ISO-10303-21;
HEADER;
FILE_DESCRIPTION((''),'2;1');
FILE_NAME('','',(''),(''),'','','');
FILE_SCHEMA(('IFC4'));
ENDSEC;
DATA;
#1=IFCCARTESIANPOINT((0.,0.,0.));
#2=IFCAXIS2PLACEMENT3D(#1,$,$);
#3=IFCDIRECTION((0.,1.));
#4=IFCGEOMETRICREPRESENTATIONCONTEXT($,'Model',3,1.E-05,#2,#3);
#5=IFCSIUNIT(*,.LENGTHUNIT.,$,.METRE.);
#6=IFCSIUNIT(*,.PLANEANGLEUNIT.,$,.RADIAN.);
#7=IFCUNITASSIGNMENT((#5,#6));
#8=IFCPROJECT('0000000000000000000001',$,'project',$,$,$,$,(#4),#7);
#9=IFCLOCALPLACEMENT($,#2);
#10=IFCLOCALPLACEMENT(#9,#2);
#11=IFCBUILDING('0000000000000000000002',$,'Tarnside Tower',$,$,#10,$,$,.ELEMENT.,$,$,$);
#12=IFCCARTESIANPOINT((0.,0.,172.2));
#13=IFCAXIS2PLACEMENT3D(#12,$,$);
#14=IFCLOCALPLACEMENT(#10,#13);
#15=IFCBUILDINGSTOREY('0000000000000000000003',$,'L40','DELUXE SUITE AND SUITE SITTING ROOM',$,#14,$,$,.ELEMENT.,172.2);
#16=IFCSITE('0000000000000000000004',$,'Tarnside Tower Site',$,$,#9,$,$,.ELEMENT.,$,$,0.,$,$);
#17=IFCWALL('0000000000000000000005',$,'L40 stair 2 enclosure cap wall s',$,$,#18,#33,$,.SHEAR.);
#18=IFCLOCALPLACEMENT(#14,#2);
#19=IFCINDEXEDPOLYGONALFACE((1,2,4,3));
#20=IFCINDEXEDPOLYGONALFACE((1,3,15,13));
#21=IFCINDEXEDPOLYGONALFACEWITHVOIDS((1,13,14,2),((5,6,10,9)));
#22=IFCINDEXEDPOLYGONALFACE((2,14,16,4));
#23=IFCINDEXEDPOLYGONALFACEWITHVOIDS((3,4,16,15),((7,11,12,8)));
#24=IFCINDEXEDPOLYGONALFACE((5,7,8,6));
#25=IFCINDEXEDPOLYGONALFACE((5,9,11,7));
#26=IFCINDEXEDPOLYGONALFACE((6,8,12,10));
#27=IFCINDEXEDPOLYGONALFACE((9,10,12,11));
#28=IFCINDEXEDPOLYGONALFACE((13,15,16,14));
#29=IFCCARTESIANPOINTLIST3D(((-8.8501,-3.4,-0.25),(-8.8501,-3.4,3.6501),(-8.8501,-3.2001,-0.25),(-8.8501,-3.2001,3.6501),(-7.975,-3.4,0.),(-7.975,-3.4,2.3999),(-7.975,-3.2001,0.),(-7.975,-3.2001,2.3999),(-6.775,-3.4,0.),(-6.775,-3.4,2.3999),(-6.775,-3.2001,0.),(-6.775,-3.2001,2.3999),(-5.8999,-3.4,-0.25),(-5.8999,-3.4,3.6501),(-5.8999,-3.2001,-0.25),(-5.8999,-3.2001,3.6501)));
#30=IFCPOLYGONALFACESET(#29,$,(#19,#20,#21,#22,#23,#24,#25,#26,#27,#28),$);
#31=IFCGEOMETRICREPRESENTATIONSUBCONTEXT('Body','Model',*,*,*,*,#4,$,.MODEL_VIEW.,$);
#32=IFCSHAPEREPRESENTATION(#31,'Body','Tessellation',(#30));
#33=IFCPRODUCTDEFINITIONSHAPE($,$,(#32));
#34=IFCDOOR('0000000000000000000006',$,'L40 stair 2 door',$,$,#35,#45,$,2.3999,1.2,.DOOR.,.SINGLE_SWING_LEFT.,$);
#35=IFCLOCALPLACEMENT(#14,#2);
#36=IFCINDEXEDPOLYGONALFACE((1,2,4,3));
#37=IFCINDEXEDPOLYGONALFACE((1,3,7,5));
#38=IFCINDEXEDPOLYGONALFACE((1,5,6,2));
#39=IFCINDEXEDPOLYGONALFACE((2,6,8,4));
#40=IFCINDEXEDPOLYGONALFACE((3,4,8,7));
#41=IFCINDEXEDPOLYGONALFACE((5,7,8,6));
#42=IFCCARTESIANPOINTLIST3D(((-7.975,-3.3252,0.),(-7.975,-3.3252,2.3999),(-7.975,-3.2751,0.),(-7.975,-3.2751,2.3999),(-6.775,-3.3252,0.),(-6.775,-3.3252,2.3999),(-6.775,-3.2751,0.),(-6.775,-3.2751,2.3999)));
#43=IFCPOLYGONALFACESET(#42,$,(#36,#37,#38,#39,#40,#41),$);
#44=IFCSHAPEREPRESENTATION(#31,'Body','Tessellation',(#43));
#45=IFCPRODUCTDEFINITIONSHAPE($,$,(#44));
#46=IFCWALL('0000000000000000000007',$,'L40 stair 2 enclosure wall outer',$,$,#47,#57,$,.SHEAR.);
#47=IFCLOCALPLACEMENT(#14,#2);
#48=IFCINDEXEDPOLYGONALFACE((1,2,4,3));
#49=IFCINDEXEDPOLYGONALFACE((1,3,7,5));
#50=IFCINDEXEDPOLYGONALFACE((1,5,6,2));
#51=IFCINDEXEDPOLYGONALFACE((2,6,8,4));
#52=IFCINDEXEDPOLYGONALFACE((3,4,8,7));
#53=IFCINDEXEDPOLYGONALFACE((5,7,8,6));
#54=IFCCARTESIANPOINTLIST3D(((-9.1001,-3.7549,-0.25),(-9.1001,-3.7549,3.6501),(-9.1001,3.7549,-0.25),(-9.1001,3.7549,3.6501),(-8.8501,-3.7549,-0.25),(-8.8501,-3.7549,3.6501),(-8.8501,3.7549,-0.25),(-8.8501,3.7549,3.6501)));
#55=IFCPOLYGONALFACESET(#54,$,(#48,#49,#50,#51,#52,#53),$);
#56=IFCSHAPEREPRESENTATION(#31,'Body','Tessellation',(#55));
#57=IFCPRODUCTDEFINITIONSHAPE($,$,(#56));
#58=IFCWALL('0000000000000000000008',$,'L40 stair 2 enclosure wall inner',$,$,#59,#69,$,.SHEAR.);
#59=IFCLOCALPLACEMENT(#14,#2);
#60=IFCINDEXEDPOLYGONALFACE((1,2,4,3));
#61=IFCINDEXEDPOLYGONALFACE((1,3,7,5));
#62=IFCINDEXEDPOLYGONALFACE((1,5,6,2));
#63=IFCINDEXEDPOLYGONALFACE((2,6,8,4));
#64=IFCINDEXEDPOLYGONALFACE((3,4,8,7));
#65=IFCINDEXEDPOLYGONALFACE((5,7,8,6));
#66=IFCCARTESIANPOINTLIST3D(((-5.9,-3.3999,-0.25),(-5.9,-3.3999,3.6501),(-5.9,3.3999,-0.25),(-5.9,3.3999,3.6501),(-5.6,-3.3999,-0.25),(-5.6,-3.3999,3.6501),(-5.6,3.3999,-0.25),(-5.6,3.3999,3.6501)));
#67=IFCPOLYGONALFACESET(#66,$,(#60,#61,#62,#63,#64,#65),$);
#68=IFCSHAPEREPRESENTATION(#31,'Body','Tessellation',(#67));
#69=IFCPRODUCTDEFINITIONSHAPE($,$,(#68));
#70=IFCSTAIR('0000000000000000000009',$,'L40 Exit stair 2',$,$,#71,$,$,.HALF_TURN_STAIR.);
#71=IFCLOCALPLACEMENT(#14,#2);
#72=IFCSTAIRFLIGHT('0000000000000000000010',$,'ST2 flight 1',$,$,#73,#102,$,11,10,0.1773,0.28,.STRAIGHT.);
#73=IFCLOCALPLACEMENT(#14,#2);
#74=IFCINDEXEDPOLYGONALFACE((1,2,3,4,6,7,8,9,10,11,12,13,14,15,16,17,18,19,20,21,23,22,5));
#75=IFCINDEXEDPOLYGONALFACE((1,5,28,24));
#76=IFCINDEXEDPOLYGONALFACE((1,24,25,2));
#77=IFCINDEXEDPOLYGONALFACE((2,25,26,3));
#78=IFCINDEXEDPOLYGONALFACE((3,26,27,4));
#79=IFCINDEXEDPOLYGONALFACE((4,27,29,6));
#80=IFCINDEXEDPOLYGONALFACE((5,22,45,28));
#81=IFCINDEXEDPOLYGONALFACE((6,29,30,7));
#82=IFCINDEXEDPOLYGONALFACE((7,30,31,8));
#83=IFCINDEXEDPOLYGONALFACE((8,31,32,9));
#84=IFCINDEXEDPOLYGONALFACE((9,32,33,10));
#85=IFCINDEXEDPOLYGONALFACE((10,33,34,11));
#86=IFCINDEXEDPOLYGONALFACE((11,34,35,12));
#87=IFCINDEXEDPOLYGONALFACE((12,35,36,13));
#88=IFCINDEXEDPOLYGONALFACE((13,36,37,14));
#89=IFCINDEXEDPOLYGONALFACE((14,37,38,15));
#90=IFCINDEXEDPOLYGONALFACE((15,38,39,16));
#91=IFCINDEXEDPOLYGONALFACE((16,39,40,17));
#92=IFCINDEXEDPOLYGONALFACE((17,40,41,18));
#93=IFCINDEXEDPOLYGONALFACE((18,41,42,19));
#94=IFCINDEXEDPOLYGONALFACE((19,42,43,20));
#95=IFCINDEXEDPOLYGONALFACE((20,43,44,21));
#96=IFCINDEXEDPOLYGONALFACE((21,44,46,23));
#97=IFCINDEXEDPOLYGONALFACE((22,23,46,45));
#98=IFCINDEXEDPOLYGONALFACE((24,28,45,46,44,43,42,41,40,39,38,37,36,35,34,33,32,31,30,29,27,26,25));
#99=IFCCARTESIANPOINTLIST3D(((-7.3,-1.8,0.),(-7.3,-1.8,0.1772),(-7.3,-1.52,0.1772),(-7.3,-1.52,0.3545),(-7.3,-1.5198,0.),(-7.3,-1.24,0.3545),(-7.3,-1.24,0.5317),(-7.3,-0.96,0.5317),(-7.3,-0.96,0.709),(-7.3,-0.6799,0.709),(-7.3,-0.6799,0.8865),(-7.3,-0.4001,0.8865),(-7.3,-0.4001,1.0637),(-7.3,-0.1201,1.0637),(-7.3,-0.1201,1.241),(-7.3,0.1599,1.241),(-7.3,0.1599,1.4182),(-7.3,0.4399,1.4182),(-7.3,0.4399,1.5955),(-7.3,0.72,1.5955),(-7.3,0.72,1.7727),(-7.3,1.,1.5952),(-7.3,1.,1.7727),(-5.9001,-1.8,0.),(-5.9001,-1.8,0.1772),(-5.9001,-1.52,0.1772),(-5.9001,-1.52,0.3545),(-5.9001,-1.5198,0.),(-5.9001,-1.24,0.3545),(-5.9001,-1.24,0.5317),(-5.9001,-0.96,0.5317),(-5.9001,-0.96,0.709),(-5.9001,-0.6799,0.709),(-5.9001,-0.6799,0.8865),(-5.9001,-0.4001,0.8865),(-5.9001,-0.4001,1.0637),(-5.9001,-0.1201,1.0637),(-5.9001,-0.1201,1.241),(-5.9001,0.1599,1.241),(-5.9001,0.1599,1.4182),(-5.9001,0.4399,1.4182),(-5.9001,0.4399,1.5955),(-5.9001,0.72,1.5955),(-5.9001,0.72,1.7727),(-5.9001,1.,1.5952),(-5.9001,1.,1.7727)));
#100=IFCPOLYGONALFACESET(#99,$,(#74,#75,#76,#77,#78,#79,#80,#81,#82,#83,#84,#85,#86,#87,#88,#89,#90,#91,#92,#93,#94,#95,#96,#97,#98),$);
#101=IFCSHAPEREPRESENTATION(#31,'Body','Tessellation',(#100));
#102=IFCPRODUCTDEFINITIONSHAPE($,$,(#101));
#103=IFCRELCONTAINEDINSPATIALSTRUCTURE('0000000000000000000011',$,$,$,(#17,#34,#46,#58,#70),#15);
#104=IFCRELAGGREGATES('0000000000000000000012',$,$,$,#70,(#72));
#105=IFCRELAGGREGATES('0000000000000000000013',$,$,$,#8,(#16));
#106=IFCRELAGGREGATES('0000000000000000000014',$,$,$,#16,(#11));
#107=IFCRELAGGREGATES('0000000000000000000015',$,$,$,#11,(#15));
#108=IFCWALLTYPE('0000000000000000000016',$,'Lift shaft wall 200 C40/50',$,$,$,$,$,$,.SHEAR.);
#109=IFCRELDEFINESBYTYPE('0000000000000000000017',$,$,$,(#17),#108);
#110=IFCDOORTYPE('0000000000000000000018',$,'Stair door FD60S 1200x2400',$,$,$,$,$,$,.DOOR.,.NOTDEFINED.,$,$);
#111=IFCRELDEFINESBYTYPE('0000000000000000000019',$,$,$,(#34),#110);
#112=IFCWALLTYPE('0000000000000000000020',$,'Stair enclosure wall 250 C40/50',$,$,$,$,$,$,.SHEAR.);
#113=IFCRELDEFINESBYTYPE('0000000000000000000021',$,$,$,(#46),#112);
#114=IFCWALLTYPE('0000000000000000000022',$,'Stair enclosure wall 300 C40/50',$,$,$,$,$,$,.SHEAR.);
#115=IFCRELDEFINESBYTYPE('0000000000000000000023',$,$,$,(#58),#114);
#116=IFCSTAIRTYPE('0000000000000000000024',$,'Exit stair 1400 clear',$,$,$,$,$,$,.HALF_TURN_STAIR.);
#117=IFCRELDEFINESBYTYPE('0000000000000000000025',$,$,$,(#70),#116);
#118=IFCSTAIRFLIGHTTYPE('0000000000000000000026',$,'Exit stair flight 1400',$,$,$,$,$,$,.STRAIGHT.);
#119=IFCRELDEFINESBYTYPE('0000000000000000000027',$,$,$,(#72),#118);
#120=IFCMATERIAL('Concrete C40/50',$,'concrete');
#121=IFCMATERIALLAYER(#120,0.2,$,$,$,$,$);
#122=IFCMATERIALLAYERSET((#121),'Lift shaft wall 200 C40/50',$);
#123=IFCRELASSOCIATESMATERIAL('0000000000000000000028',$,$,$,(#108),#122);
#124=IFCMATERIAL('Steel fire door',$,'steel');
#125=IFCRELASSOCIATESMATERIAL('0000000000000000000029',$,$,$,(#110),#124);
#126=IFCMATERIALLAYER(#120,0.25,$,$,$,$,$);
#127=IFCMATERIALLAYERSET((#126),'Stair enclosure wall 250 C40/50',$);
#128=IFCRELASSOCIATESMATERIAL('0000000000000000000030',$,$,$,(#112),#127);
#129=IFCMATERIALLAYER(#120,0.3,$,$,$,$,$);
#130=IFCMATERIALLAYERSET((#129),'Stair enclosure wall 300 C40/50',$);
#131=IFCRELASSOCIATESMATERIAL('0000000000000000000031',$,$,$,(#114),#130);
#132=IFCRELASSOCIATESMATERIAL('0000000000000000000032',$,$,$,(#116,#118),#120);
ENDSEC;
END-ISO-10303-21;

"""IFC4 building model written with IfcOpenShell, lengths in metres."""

from ifc_helpers import new_model, si_unit, direction, frame, frame_2d, origin, place, context, subcontext, project, spatial, polyline, rectangle, outline, extrude, material, layer, layer_set, type_object, element, fill, aggregate, save


model = new_model("IFC4")

# Units and contexts
model_context = context("Model", 3, precision=1e-05, world=origin(), true_north=direction((0.0, 1.0)))
body_context = subcontext(model_context, "Body", "Model", "MODEL_VIEW")
ifc_project = project(units=[si_unit("LENGTHUNIT", "METRE"), si_unit("PLANEANGLEUNIT", "RADIAN")], contexts=[model_context])

# Site, building, storey
site_placement = place(None, origin())
site = spatial("IfcSite", under=ifc_project, at=site_placement, Name="Tarnside Tower Site", CompositionType="ELEMENT", RefElevation=0.0)
building_placement = place(site_placement, origin())
building = spatial("IfcBuilding", under=site, at=building_placement, Name="Tarnside Tower", CompositionType="ELEMENT")
storey_placement = place(building_placement, frame((0.0, 0.0, 172.2)))
storey = spatial("IfcBuildingStorey", under=building, at=storey_placement, Name="L40", Description="DELUXE SUITE AND SUITE SITTING ROOM", CompositionType="ELEMENT", Elevation=172.2)

# Shared definitions
ifc_material_1 = material(Name="Concrete C40/50", Category="concrete")
ifc_material_2 = material(Name="Steel fire door", Category="steel")

# Shared definitions
ifc_layer_1 = layer(ifc_material_1, 0.2)
ifc_layer_set_1 = layer_set([ifc_layer_1], Name="Lift shaft wall 200 C40/50")
wall_type_1 = type_object("IfcWallType", Name="Lift shaft wall 200 C40/50", PredefinedType="SHEAR", material=ifc_layer_set_1)

# Wall, opening, door
wall_1_placement = place(storey_placement, frame((-8.8501, -3.3, -0.25), z_axis=(0.0, 0.0, 1.0), x_axis=(1.0, 0.0, 0.0)))
wall_1 = element("IfcWall", 1, at=wall_1_placement, inside=storey, type_object=wall_type_1, Name="L40 stair 2 enclosure cap wall s", PredefinedType="SHEAR", context=body_context, shape_type="SweptSolid", body=[
    extrude(rectangle(XDim=2.9502, YDim=0.2, at=frame_2d((1.4751, 0.0))), origin(), (0.0, 0.0, 1.0), 3.9001),
])
opening_1_placement = place(wall_1_placement, frame((0.875, 0.0, 0.25)))
opening_1 = element("IfcOpeningElement", 2, at=opening_1_placement, cuts=wall_1, PredefinedType="OPENING", context=body_context, shape_type="SweptSolid", body=[
    extrude(rectangle(XDim=1.2, YDim=2.3999, at=frame_2d((0.6001, 1.2))), frame((0.0, 0.1099, 0.0), z_axis=(0.0, -1.0, 0.0), x_axis=(1.0, 0.0, 0.0)), (0.0, 0.0, 1.0), 0.22),
])
door_type_1 = type_object("IfcDoorType", Name="Stair door FD60S 1200x2400", OperationType="NOTDEFINED", PredefinedType="DOOR", material=ifc_material_2)
door_1_placement = place(opening_1_placement, origin())
door_1 = element("IfcDoor", 3, at=door_1_placement, inside=storey, type_object=door_type_1, Name="L40 stair 2 door", OperationType="SINGLE_SWING_LEFT", OverallHeight=2.3999, OverallWidth=1.2, PredefinedType="DOOR", context=body_context, shape_type="SweptSolid", body=[
    extrude(rectangle(XDim=1.2, YDim=2.3999, at=frame_2d((0.6001, 1.2))), frame((0.0, 0.0249, 0.0), z_axis=(0.0, -1.0, 0.0), x_axis=(1.0, 0.0, 0.0)), (0.0, 0.0, 1.0), 0.05),
])
fill(opening_1, door_1)

# Walls
ifc_layer_2 = layer(ifc_material_1, 0.25)
ifc_layer_set_2 = layer_set([ifc_layer_2], Name="Stair enclosure wall 250 C40/50")
wall_type_2 = type_object("IfcWallType", Name="Stair enclosure wall 250 C40/50", PredefinedType="SHEAR", material=ifc_layer_set_2)
wall_2_placement = place(storey_placement, frame((-8.9751, -3.7549, -0.25), z_axis=(0.0, 0.0, 1.0), x_axis=(0.0, 1.0, 0.0)))
element("IfcWall", 4, at=wall_2_placement, inside=storey, type_object=wall_type_2, Name="L40 stair 2 enclosure wall outer", PredefinedType="SHEAR", context=body_context, shape_type="SweptSolid", body=[
    extrude(rectangle(XDim=7.5098, YDim=0.25, at=frame_2d((3.7549, 0.0))), origin(), (0.0, 0.0, 1.0), 3.9001),
])
ifc_layer_3 = layer(ifc_material_1, 0.3)
ifc_layer_set_3 = layer_set([ifc_layer_3], Name="Stair enclosure wall 300 C40/50")
wall_type_3 = type_object("IfcWallType", Name="Stair enclosure wall 300 C40/50", PredefinedType="SHEAR", material=ifc_layer_set_3)
wall_3_placement = place(storey_placement, frame((-5.75, -3.3999, -0.25), z_axis=(0.0, 0.0, 1.0), x_axis=(0.0, 1.0, 0.0)))
element("IfcWall", 5, at=wall_3_placement, inside=storey, type_object=wall_type_3, Name="L40 stair 2 enclosure wall inner", PredefinedType="SHEAR", context=body_context, shape_type="SweptSolid", body=[
    extrude(rectangle(XDim=6.7998, YDim=0.3, at=frame_2d((3.3999, 0.0))), origin(), (0.0, 0.0, 1.0), 3.9001),
])

# Stair, stair flight
stair_type = type_object("IfcStairType", Name="Exit stair 1400 clear", PredefinedType="HALF_TURN_STAIR", material=ifc_material_1)
stair_placement = place(storey_placement, origin())
stair = element("IfcStair", 6, at=stair_placement, inside=storey, type_object=stair_type, Name="L40 Exit stair 2", PredefinedType="HALF_TURN_STAIR")
stair_flight_type = type_object("IfcStairFlightType", Name="Exit stair flight 1400", PredefinedType="STRAIGHT", material=ifc_material_1)
stair_flight_placement = place(storey_placement, frame((-6.6001, -1.8, 0.0), z_axis=(0.0, 0.0, 1.0), x_axis=(0.0, 1.0, 0.0)))
stair_flight = element("IfcStairFlight", 7, at=stair_flight_placement, type_object=stair_flight_type, Name="ST2 flight 1", NumberOfRisers=11, NumberOfTreads=10, PredefinedType="STRAIGHT", RiserHeight=0.1773, TreadLength=0.28, context=body_context, shape_type="SweptSolid", body=[
    extrude(outline(polyline([(0.0, 0.0), (0.0, 0.1772), (0.28, 0.1772), (0.28, 0.3545), (0.5601, 0.3545), (0.5601, 0.5317), (0.8401, 0.5317), (0.8401, 0.709), (1.1201, 0.709), (1.1201, 0.8865), (1.3999, 0.8865), (1.3999, 1.0637), (1.6799, 1.0637), (1.6799, 1.241), (1.96, 1.241), (1.96, 1.4182), (2.24, 1.4182), (2.24, 1.5955), (2.52, 1.5955), (2.52, 1.7727), (2.8, 1.7727), (2.8, 1.95), (2.8, 1.5952), (0.2803, 0.0), (0.0, 0.0)])), frame((0.0, 0.7, 0.0), z_axis=(0.0, -1.0, 0.0), x_axis=(1.0, 0.0, 0.0)), (0.0, 0.0, 1.0), 1.3999),
])
aggregate(stair, [stair_flight])

save(model, "model.ifc")
